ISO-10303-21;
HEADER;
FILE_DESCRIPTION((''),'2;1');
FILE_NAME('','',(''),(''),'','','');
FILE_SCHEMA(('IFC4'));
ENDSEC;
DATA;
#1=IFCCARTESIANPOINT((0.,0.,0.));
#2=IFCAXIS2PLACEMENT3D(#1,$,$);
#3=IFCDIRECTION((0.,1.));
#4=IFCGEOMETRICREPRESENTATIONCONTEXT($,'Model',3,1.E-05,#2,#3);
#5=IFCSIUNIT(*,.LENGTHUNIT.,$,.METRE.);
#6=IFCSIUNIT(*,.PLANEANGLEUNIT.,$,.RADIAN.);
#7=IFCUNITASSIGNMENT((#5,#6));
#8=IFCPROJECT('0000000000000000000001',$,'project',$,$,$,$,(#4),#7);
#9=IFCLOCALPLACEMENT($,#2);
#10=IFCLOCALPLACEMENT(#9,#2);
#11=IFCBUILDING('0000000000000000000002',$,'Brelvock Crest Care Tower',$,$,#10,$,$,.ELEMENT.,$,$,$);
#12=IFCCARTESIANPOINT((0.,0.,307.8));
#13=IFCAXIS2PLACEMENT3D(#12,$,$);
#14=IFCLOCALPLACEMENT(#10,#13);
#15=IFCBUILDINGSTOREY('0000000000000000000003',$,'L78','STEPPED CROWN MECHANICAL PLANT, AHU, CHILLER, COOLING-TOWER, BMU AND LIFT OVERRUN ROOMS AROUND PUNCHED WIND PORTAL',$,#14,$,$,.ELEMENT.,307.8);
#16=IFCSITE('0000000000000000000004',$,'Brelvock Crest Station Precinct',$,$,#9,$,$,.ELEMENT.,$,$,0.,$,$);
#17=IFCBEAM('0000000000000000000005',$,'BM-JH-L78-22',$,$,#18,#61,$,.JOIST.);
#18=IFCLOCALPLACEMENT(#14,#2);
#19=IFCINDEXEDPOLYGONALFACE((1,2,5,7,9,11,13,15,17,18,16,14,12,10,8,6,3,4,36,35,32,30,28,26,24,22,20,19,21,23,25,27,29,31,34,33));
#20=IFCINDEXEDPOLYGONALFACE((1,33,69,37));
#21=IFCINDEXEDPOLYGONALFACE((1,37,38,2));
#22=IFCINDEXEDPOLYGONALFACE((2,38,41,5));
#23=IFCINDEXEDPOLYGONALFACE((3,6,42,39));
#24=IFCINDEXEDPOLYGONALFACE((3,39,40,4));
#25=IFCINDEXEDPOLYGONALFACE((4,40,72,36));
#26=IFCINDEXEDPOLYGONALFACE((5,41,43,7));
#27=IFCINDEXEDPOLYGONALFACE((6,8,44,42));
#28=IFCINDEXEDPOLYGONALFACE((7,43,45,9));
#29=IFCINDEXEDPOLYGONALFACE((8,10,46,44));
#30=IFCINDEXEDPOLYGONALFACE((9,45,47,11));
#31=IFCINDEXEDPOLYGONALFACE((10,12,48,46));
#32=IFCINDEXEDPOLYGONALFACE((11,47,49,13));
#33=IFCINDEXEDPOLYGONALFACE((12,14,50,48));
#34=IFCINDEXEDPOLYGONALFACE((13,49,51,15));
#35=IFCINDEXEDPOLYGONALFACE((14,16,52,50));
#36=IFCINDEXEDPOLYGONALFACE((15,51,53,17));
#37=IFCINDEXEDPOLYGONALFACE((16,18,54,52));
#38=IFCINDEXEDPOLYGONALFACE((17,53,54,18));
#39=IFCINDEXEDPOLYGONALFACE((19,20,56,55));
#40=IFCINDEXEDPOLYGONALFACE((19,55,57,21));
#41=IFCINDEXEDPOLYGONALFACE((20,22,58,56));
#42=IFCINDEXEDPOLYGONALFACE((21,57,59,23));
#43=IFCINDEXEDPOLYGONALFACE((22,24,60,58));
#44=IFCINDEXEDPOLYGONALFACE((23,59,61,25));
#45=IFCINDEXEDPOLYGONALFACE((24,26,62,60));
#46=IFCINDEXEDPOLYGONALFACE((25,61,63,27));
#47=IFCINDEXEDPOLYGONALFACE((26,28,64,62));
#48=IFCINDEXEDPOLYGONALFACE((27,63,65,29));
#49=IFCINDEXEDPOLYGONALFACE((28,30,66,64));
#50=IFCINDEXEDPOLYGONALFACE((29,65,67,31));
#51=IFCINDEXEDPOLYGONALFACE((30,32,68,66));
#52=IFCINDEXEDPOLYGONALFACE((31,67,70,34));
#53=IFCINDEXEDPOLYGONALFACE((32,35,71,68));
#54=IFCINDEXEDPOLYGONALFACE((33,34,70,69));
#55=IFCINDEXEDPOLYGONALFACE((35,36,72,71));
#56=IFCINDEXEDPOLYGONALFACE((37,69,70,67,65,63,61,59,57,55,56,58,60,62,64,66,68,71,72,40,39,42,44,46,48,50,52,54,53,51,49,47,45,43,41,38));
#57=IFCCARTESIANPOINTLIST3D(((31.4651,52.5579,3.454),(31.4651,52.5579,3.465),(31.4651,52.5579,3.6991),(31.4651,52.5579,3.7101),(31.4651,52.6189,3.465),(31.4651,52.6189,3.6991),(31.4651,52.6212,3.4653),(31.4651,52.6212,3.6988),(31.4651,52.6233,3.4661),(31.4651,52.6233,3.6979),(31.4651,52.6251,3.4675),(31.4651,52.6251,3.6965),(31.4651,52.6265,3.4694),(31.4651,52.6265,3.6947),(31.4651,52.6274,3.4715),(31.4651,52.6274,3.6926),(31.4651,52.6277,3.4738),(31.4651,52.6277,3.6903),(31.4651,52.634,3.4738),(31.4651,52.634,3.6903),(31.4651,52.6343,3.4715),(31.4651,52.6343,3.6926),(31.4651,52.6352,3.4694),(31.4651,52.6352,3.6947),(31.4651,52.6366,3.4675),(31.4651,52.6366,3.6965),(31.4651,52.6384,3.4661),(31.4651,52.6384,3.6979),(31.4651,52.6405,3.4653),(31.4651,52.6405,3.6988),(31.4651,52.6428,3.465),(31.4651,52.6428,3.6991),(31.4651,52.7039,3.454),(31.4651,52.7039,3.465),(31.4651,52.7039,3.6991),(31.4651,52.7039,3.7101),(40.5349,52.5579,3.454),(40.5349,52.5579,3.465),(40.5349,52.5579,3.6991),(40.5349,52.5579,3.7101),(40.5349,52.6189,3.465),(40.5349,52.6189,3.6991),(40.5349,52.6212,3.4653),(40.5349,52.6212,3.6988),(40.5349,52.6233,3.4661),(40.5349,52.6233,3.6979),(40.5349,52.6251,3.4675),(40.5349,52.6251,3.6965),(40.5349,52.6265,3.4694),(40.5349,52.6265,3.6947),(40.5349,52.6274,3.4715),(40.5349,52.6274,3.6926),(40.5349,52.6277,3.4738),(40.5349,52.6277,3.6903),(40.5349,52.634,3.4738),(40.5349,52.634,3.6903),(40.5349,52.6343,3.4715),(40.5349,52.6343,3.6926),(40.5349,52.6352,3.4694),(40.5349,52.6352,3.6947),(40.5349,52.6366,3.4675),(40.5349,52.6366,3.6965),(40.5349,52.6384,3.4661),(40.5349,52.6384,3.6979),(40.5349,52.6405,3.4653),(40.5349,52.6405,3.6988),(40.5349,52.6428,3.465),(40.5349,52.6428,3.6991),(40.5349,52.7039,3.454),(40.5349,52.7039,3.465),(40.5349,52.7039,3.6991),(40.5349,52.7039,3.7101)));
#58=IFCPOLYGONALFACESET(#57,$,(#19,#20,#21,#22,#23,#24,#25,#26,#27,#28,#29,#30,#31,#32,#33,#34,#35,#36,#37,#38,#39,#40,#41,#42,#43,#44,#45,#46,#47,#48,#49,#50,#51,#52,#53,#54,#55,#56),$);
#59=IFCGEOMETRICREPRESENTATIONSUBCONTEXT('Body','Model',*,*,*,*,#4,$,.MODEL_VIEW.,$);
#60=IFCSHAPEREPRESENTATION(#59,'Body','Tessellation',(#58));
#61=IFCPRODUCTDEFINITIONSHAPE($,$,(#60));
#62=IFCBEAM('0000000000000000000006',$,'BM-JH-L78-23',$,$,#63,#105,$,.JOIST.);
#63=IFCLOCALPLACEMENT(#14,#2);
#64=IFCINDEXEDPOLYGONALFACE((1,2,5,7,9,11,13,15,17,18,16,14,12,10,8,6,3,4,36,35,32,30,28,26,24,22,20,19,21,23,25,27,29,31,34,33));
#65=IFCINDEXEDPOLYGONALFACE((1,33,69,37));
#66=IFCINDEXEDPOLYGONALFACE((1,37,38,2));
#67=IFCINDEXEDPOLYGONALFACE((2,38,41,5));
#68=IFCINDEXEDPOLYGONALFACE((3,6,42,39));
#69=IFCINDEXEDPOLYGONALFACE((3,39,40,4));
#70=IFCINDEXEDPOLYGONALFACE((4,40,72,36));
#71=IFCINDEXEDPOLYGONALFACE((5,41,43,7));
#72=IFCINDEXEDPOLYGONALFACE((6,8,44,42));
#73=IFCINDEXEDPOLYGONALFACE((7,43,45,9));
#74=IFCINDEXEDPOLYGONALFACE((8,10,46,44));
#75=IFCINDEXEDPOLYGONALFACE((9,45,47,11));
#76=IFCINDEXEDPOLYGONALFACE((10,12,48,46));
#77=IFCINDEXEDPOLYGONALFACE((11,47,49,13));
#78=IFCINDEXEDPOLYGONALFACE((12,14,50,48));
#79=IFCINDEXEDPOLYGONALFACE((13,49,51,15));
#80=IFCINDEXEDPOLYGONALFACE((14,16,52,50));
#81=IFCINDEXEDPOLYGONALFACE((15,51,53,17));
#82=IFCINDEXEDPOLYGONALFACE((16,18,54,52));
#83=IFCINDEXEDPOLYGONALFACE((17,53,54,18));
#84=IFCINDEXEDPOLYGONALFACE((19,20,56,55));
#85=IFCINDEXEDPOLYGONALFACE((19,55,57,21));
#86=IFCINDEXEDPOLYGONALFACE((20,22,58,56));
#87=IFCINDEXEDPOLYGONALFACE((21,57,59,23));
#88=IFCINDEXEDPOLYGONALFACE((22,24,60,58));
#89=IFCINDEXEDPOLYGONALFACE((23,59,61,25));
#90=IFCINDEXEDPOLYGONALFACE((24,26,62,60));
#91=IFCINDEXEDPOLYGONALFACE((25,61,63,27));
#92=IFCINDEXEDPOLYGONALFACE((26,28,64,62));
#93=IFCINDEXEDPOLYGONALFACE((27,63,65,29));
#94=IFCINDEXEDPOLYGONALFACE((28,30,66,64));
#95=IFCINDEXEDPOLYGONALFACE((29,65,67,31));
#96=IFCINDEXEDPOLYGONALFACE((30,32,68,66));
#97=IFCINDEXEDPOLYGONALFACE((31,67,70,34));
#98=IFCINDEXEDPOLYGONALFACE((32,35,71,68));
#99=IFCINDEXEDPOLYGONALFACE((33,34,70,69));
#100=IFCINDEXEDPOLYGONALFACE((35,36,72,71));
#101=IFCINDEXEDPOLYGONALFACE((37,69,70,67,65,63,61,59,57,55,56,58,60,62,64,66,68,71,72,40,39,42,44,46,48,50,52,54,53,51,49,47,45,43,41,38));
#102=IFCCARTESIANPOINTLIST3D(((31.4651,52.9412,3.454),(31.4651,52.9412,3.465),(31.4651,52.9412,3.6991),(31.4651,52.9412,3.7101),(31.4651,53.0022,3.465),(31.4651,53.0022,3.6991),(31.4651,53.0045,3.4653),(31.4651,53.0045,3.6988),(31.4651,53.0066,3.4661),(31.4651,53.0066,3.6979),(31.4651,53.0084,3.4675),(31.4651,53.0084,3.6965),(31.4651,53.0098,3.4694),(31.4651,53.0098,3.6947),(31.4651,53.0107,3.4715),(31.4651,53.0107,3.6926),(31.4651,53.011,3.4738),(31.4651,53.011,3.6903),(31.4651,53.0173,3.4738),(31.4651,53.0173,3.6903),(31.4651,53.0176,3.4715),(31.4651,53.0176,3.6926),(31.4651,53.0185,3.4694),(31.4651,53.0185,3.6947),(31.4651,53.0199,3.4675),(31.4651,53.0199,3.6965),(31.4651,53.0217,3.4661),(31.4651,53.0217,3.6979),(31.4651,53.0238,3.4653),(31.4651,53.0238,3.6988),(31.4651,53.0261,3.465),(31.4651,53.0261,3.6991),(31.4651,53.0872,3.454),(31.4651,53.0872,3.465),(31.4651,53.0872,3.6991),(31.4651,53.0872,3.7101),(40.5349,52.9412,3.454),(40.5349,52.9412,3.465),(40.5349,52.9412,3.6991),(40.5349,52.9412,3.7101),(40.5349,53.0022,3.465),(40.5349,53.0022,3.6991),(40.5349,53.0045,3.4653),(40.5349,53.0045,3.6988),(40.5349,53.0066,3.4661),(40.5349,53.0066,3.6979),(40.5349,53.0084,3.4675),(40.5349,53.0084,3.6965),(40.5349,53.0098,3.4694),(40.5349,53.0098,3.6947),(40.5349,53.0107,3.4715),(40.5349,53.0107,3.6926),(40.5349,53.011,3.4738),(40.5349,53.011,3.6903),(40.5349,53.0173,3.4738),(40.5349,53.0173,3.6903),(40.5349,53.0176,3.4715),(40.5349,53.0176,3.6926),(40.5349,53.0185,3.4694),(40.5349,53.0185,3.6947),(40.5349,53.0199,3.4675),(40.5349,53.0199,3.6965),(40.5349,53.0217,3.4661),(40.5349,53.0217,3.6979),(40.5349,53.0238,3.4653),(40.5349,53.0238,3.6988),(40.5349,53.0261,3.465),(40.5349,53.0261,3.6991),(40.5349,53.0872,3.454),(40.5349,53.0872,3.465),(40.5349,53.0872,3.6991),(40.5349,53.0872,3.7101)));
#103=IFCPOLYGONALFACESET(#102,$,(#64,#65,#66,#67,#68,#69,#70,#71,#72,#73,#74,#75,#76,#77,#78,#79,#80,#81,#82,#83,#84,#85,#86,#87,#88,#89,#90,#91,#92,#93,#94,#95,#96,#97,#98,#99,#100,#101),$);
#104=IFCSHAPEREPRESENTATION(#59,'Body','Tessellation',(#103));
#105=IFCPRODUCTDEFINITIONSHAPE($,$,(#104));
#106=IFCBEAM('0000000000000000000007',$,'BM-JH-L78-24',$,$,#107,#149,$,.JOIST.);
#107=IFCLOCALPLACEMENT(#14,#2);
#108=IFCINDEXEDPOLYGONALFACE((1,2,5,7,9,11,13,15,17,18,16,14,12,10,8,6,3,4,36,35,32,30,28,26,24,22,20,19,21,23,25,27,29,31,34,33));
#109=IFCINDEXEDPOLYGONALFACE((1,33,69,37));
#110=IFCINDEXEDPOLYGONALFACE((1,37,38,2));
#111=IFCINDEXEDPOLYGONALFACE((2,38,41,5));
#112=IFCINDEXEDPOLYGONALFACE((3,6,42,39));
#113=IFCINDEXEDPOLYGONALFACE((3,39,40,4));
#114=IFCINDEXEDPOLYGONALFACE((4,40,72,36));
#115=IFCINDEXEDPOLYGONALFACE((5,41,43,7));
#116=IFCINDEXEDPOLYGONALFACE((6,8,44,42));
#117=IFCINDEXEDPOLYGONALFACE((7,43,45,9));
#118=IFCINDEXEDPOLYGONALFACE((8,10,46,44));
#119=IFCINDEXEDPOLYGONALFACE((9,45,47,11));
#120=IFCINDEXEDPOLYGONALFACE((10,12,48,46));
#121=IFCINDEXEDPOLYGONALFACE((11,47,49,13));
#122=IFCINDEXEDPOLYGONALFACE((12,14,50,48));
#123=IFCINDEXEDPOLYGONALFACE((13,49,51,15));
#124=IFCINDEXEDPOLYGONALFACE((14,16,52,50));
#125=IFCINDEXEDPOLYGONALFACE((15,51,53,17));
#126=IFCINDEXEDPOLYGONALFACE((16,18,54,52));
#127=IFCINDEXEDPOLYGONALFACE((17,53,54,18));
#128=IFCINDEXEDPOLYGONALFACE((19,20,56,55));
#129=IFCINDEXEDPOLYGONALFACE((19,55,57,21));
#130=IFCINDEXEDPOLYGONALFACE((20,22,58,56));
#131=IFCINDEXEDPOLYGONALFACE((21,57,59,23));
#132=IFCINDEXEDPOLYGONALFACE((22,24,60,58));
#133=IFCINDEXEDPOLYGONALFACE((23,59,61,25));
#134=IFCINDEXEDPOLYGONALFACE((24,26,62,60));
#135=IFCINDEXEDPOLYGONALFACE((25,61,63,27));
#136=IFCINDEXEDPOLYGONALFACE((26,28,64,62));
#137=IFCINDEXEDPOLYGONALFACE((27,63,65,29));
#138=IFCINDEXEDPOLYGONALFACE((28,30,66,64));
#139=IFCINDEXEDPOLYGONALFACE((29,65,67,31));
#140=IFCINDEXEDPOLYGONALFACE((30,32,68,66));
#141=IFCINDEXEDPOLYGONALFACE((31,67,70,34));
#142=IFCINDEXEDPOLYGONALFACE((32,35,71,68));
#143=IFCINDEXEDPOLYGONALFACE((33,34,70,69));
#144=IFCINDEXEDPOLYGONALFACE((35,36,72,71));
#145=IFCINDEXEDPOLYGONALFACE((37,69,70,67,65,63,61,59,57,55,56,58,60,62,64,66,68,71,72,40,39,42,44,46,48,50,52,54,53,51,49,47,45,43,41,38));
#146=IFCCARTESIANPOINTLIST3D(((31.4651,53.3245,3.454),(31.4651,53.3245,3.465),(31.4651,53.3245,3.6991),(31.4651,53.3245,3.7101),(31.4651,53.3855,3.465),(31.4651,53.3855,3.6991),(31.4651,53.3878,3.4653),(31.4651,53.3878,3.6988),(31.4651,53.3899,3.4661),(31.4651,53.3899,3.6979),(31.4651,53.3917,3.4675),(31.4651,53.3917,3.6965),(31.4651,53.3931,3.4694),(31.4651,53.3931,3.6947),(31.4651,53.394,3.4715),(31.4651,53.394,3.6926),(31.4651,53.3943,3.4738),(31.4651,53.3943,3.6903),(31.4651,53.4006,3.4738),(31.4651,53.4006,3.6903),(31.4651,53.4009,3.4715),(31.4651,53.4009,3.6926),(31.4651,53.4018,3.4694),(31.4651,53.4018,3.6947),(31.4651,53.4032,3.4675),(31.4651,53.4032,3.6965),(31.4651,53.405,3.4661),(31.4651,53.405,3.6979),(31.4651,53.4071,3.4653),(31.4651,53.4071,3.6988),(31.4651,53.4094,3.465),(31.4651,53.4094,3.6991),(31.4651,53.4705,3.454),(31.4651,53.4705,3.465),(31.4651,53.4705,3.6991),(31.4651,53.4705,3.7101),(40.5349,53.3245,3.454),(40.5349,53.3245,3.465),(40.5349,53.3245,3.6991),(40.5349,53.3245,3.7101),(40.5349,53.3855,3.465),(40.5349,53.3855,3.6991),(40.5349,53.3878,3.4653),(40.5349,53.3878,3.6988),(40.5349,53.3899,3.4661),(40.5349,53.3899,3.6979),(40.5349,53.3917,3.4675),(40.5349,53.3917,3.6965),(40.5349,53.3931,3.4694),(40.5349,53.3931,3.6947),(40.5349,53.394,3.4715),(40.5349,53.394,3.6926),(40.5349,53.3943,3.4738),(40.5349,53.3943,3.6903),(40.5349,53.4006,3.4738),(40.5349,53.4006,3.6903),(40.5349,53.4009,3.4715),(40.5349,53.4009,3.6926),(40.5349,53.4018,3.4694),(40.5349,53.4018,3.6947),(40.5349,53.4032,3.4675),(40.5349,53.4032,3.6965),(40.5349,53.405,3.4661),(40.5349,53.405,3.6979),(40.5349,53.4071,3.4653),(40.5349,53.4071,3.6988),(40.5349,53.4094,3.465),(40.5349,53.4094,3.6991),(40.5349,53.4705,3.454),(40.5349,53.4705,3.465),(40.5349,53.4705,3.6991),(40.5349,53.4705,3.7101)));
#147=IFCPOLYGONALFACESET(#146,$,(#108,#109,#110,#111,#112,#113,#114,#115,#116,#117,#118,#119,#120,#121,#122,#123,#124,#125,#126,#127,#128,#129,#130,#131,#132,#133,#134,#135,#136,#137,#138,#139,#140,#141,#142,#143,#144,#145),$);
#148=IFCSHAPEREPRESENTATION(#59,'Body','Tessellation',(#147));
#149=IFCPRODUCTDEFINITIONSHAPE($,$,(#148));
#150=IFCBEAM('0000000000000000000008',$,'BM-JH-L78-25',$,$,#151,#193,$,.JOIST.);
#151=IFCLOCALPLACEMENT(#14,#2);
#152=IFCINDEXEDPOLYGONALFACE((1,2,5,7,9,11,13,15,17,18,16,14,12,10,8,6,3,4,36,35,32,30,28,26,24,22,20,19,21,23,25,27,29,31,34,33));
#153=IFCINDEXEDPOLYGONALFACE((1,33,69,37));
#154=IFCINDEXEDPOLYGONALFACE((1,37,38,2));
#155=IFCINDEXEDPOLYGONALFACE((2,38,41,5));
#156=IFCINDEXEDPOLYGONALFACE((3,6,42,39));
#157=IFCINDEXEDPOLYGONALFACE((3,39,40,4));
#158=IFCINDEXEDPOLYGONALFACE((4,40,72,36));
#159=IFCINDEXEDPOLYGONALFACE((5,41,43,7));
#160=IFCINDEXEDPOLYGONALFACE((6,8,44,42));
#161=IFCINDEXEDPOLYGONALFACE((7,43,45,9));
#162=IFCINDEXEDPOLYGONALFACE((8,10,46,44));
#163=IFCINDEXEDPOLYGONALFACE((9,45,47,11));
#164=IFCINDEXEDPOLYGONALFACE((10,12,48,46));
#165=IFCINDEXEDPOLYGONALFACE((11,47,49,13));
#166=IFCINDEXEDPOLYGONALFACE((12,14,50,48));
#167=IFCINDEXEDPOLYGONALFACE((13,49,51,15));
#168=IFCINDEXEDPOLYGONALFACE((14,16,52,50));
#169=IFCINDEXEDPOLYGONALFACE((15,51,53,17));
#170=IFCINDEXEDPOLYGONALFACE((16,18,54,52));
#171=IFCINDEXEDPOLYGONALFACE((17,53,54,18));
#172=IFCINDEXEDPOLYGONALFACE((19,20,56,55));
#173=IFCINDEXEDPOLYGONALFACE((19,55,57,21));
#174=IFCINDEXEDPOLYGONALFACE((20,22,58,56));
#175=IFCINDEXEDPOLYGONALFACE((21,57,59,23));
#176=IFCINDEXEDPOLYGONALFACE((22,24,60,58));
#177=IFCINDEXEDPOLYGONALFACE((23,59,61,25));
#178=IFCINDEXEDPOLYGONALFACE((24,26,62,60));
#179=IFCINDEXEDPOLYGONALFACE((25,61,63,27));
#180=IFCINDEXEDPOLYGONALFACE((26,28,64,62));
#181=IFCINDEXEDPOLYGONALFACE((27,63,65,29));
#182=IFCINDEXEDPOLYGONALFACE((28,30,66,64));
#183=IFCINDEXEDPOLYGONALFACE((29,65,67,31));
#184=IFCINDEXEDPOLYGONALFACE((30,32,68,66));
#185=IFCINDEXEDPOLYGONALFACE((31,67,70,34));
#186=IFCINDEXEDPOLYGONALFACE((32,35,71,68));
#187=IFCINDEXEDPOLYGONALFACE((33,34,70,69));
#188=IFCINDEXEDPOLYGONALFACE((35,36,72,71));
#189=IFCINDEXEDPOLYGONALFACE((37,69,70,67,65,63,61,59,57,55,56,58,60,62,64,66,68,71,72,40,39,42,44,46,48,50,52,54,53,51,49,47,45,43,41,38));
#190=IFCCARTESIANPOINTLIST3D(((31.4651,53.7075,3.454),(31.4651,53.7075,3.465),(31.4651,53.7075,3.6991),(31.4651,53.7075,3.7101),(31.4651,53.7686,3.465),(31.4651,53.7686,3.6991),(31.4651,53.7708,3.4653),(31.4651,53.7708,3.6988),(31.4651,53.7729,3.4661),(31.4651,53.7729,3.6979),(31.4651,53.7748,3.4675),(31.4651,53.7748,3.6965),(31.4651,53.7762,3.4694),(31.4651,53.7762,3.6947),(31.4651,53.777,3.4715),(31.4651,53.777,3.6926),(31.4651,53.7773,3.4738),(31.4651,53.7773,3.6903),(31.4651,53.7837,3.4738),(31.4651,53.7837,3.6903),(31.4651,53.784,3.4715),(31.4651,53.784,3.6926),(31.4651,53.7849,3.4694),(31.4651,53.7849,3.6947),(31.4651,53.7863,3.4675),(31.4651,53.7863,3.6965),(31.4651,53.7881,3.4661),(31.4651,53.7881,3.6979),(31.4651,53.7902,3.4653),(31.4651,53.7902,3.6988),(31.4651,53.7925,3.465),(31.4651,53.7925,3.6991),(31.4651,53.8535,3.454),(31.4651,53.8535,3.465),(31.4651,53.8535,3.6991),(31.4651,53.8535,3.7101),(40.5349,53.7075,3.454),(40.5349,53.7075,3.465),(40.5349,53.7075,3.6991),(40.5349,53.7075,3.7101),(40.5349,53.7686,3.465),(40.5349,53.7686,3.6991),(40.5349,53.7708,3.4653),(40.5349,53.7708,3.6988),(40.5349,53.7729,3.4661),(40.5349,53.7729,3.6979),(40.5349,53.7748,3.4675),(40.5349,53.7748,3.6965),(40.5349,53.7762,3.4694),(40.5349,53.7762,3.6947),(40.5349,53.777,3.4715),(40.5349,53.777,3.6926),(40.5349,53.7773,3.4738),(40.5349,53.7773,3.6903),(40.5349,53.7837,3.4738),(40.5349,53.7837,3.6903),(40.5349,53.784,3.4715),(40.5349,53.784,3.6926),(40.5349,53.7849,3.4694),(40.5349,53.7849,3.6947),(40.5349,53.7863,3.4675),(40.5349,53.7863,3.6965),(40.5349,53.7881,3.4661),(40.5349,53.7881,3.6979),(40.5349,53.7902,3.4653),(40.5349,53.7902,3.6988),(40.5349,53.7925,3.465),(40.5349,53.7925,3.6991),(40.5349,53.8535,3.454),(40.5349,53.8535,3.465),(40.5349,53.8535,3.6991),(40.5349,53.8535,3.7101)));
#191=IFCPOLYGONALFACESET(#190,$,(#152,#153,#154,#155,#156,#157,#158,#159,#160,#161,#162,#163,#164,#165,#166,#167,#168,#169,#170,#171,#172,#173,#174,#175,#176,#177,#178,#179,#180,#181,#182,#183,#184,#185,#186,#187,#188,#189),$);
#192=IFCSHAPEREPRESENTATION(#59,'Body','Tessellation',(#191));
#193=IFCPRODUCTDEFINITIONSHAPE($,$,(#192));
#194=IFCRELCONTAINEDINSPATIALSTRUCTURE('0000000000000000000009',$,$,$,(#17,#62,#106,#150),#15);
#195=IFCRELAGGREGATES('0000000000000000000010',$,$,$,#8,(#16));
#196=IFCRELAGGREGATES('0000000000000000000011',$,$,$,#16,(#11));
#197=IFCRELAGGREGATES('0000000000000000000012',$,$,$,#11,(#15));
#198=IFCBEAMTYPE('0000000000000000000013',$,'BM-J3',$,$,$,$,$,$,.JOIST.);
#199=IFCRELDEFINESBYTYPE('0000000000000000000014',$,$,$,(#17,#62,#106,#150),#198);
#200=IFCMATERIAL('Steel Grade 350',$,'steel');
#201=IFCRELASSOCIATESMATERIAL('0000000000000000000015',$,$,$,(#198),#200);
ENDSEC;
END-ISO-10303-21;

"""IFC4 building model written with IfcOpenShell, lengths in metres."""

from ifc_helpers import new_model, si_unit, direction, frame, origin, origin_2d, place, context, subcontext, project, spatial, i_section, extrude, source, transform, mapped, material, material_profile, profile_set, type_object, element, save


model = new_model("IFC4")

# Units and contexts
model_context = context("Model", 3, precision=1e-05, world=origin(), true_north=direction((0.0, 1.0)))
body_context = subcontext(model_context, "Body", "Model", "MODEL_VIEW")
ifc_project = project(units=[si_unit("LENGTHUNIT", "METRE"), si_unit("PLANEANGLEUNIT", "RADIAN")], contexts=[model_context])

# Site, building, storey
site_placement = place(None, origin())
site = spatial("IfcSite", under=ifc_project, at=site_placement, Name="Brelvock Crest Station Precinct", CompositionType="ELEMENT", RefElevation=0.0)
building_placement = place(site_placement, origin())
building = spatial("IfcBuilding", under=site, at=building_placement, Name="Brelvock Crest Care Tower", CompositionType="ELEMENT")
storey_placement = place(building_placement, frame((0.0, 0.0, 307.8)))
storey = spatial("IfcBuildingStorey", under=building, at=storey_placement, Name="L78", Description="STEPPED CROWN MECHANICAL PLANT, AHU, CHILLER, COOLING-TOWER, BMU AND LIFT OVERRUN ROOMS AROUND PUNCHED WIND PORTAL", CompositionType="ELEMENT", Elevation=307.8)

# Shared definitions
ifc_material_1 = material(Name="Steel Grade 350", Category="steel")

# Beams
ifc_material_profile_1 = material_profile(ifc_material_1, i_section(OverallWidth=0.146, OverallDepth=0.2561, WebThickness=0.0063, FlangeThickness=0.011, FilletRadius=0.0088, at=origin_2d()), Name="250UB37.3")
ifc_profile_set_1 = profile_set([ifc_material_profile_1], Name="Steel Grade 350")
beam_type_1 = type_object("IfcBeamType", Name="BM-J3", PredefinedType="JOIST", material=ifc_profile_set_1)
shared_shape_1 = source(origin(), body_context, "Body", "SweptSolid", [
    extrude(i_section(OverallWidth=0.146, OverallDepth=0.2561, WebThickness=0.0063, FlangeThickness=0.011, FilletRadius=0.0088, at=origin_2d()), origin(), (0.0, 0.0, 1.0), 9.0698),
])
for number, where, z_axis, x_axis, name in (
    (1, (31.4651, 52.6309, 3.582), (1.0, 0.0, 0.0), (0.0, 1.0, 0.0), "BM-JH-L78-22"),
    (2, (31.4651, 53.0142, 3.582), (1.0, 0.0, 0.0), (0.0, 1.0, 0.0), "BM-JH-L78-23"),
    (3, (31.4651, 53.3975, 3.582), (1.0, 0.0, 0.0), (0.0, 1.0, 0.0), "BM-JH-L78-24"),
    (4, (31.4651, 53.7805, 3.582), (1.0, 0.0, 0.0), (0.0, 1.0, 0.0), "BM-JH-L78-25"),
):
    element("IfcBeam", number, at=place(storey_placement, frame(where, z_axis=z_axis, x_axis=x_axis)), inside=storey, type_object=beam_type_1, Name=name, PredefinedType="JOIST", context=body_context, shape_type="MappedRepresentation", body=[
        mapped(shared_shape_1, transform((0.0, 0.0, 0.0), x_axis=(1.0, 0.0, 0.0), y_axis=(0.0, 1.0, 0.0), z_axis=(0.0, 0.0, 1.0), scale=1.0)),
    ])

save(model, "model.ifc")
